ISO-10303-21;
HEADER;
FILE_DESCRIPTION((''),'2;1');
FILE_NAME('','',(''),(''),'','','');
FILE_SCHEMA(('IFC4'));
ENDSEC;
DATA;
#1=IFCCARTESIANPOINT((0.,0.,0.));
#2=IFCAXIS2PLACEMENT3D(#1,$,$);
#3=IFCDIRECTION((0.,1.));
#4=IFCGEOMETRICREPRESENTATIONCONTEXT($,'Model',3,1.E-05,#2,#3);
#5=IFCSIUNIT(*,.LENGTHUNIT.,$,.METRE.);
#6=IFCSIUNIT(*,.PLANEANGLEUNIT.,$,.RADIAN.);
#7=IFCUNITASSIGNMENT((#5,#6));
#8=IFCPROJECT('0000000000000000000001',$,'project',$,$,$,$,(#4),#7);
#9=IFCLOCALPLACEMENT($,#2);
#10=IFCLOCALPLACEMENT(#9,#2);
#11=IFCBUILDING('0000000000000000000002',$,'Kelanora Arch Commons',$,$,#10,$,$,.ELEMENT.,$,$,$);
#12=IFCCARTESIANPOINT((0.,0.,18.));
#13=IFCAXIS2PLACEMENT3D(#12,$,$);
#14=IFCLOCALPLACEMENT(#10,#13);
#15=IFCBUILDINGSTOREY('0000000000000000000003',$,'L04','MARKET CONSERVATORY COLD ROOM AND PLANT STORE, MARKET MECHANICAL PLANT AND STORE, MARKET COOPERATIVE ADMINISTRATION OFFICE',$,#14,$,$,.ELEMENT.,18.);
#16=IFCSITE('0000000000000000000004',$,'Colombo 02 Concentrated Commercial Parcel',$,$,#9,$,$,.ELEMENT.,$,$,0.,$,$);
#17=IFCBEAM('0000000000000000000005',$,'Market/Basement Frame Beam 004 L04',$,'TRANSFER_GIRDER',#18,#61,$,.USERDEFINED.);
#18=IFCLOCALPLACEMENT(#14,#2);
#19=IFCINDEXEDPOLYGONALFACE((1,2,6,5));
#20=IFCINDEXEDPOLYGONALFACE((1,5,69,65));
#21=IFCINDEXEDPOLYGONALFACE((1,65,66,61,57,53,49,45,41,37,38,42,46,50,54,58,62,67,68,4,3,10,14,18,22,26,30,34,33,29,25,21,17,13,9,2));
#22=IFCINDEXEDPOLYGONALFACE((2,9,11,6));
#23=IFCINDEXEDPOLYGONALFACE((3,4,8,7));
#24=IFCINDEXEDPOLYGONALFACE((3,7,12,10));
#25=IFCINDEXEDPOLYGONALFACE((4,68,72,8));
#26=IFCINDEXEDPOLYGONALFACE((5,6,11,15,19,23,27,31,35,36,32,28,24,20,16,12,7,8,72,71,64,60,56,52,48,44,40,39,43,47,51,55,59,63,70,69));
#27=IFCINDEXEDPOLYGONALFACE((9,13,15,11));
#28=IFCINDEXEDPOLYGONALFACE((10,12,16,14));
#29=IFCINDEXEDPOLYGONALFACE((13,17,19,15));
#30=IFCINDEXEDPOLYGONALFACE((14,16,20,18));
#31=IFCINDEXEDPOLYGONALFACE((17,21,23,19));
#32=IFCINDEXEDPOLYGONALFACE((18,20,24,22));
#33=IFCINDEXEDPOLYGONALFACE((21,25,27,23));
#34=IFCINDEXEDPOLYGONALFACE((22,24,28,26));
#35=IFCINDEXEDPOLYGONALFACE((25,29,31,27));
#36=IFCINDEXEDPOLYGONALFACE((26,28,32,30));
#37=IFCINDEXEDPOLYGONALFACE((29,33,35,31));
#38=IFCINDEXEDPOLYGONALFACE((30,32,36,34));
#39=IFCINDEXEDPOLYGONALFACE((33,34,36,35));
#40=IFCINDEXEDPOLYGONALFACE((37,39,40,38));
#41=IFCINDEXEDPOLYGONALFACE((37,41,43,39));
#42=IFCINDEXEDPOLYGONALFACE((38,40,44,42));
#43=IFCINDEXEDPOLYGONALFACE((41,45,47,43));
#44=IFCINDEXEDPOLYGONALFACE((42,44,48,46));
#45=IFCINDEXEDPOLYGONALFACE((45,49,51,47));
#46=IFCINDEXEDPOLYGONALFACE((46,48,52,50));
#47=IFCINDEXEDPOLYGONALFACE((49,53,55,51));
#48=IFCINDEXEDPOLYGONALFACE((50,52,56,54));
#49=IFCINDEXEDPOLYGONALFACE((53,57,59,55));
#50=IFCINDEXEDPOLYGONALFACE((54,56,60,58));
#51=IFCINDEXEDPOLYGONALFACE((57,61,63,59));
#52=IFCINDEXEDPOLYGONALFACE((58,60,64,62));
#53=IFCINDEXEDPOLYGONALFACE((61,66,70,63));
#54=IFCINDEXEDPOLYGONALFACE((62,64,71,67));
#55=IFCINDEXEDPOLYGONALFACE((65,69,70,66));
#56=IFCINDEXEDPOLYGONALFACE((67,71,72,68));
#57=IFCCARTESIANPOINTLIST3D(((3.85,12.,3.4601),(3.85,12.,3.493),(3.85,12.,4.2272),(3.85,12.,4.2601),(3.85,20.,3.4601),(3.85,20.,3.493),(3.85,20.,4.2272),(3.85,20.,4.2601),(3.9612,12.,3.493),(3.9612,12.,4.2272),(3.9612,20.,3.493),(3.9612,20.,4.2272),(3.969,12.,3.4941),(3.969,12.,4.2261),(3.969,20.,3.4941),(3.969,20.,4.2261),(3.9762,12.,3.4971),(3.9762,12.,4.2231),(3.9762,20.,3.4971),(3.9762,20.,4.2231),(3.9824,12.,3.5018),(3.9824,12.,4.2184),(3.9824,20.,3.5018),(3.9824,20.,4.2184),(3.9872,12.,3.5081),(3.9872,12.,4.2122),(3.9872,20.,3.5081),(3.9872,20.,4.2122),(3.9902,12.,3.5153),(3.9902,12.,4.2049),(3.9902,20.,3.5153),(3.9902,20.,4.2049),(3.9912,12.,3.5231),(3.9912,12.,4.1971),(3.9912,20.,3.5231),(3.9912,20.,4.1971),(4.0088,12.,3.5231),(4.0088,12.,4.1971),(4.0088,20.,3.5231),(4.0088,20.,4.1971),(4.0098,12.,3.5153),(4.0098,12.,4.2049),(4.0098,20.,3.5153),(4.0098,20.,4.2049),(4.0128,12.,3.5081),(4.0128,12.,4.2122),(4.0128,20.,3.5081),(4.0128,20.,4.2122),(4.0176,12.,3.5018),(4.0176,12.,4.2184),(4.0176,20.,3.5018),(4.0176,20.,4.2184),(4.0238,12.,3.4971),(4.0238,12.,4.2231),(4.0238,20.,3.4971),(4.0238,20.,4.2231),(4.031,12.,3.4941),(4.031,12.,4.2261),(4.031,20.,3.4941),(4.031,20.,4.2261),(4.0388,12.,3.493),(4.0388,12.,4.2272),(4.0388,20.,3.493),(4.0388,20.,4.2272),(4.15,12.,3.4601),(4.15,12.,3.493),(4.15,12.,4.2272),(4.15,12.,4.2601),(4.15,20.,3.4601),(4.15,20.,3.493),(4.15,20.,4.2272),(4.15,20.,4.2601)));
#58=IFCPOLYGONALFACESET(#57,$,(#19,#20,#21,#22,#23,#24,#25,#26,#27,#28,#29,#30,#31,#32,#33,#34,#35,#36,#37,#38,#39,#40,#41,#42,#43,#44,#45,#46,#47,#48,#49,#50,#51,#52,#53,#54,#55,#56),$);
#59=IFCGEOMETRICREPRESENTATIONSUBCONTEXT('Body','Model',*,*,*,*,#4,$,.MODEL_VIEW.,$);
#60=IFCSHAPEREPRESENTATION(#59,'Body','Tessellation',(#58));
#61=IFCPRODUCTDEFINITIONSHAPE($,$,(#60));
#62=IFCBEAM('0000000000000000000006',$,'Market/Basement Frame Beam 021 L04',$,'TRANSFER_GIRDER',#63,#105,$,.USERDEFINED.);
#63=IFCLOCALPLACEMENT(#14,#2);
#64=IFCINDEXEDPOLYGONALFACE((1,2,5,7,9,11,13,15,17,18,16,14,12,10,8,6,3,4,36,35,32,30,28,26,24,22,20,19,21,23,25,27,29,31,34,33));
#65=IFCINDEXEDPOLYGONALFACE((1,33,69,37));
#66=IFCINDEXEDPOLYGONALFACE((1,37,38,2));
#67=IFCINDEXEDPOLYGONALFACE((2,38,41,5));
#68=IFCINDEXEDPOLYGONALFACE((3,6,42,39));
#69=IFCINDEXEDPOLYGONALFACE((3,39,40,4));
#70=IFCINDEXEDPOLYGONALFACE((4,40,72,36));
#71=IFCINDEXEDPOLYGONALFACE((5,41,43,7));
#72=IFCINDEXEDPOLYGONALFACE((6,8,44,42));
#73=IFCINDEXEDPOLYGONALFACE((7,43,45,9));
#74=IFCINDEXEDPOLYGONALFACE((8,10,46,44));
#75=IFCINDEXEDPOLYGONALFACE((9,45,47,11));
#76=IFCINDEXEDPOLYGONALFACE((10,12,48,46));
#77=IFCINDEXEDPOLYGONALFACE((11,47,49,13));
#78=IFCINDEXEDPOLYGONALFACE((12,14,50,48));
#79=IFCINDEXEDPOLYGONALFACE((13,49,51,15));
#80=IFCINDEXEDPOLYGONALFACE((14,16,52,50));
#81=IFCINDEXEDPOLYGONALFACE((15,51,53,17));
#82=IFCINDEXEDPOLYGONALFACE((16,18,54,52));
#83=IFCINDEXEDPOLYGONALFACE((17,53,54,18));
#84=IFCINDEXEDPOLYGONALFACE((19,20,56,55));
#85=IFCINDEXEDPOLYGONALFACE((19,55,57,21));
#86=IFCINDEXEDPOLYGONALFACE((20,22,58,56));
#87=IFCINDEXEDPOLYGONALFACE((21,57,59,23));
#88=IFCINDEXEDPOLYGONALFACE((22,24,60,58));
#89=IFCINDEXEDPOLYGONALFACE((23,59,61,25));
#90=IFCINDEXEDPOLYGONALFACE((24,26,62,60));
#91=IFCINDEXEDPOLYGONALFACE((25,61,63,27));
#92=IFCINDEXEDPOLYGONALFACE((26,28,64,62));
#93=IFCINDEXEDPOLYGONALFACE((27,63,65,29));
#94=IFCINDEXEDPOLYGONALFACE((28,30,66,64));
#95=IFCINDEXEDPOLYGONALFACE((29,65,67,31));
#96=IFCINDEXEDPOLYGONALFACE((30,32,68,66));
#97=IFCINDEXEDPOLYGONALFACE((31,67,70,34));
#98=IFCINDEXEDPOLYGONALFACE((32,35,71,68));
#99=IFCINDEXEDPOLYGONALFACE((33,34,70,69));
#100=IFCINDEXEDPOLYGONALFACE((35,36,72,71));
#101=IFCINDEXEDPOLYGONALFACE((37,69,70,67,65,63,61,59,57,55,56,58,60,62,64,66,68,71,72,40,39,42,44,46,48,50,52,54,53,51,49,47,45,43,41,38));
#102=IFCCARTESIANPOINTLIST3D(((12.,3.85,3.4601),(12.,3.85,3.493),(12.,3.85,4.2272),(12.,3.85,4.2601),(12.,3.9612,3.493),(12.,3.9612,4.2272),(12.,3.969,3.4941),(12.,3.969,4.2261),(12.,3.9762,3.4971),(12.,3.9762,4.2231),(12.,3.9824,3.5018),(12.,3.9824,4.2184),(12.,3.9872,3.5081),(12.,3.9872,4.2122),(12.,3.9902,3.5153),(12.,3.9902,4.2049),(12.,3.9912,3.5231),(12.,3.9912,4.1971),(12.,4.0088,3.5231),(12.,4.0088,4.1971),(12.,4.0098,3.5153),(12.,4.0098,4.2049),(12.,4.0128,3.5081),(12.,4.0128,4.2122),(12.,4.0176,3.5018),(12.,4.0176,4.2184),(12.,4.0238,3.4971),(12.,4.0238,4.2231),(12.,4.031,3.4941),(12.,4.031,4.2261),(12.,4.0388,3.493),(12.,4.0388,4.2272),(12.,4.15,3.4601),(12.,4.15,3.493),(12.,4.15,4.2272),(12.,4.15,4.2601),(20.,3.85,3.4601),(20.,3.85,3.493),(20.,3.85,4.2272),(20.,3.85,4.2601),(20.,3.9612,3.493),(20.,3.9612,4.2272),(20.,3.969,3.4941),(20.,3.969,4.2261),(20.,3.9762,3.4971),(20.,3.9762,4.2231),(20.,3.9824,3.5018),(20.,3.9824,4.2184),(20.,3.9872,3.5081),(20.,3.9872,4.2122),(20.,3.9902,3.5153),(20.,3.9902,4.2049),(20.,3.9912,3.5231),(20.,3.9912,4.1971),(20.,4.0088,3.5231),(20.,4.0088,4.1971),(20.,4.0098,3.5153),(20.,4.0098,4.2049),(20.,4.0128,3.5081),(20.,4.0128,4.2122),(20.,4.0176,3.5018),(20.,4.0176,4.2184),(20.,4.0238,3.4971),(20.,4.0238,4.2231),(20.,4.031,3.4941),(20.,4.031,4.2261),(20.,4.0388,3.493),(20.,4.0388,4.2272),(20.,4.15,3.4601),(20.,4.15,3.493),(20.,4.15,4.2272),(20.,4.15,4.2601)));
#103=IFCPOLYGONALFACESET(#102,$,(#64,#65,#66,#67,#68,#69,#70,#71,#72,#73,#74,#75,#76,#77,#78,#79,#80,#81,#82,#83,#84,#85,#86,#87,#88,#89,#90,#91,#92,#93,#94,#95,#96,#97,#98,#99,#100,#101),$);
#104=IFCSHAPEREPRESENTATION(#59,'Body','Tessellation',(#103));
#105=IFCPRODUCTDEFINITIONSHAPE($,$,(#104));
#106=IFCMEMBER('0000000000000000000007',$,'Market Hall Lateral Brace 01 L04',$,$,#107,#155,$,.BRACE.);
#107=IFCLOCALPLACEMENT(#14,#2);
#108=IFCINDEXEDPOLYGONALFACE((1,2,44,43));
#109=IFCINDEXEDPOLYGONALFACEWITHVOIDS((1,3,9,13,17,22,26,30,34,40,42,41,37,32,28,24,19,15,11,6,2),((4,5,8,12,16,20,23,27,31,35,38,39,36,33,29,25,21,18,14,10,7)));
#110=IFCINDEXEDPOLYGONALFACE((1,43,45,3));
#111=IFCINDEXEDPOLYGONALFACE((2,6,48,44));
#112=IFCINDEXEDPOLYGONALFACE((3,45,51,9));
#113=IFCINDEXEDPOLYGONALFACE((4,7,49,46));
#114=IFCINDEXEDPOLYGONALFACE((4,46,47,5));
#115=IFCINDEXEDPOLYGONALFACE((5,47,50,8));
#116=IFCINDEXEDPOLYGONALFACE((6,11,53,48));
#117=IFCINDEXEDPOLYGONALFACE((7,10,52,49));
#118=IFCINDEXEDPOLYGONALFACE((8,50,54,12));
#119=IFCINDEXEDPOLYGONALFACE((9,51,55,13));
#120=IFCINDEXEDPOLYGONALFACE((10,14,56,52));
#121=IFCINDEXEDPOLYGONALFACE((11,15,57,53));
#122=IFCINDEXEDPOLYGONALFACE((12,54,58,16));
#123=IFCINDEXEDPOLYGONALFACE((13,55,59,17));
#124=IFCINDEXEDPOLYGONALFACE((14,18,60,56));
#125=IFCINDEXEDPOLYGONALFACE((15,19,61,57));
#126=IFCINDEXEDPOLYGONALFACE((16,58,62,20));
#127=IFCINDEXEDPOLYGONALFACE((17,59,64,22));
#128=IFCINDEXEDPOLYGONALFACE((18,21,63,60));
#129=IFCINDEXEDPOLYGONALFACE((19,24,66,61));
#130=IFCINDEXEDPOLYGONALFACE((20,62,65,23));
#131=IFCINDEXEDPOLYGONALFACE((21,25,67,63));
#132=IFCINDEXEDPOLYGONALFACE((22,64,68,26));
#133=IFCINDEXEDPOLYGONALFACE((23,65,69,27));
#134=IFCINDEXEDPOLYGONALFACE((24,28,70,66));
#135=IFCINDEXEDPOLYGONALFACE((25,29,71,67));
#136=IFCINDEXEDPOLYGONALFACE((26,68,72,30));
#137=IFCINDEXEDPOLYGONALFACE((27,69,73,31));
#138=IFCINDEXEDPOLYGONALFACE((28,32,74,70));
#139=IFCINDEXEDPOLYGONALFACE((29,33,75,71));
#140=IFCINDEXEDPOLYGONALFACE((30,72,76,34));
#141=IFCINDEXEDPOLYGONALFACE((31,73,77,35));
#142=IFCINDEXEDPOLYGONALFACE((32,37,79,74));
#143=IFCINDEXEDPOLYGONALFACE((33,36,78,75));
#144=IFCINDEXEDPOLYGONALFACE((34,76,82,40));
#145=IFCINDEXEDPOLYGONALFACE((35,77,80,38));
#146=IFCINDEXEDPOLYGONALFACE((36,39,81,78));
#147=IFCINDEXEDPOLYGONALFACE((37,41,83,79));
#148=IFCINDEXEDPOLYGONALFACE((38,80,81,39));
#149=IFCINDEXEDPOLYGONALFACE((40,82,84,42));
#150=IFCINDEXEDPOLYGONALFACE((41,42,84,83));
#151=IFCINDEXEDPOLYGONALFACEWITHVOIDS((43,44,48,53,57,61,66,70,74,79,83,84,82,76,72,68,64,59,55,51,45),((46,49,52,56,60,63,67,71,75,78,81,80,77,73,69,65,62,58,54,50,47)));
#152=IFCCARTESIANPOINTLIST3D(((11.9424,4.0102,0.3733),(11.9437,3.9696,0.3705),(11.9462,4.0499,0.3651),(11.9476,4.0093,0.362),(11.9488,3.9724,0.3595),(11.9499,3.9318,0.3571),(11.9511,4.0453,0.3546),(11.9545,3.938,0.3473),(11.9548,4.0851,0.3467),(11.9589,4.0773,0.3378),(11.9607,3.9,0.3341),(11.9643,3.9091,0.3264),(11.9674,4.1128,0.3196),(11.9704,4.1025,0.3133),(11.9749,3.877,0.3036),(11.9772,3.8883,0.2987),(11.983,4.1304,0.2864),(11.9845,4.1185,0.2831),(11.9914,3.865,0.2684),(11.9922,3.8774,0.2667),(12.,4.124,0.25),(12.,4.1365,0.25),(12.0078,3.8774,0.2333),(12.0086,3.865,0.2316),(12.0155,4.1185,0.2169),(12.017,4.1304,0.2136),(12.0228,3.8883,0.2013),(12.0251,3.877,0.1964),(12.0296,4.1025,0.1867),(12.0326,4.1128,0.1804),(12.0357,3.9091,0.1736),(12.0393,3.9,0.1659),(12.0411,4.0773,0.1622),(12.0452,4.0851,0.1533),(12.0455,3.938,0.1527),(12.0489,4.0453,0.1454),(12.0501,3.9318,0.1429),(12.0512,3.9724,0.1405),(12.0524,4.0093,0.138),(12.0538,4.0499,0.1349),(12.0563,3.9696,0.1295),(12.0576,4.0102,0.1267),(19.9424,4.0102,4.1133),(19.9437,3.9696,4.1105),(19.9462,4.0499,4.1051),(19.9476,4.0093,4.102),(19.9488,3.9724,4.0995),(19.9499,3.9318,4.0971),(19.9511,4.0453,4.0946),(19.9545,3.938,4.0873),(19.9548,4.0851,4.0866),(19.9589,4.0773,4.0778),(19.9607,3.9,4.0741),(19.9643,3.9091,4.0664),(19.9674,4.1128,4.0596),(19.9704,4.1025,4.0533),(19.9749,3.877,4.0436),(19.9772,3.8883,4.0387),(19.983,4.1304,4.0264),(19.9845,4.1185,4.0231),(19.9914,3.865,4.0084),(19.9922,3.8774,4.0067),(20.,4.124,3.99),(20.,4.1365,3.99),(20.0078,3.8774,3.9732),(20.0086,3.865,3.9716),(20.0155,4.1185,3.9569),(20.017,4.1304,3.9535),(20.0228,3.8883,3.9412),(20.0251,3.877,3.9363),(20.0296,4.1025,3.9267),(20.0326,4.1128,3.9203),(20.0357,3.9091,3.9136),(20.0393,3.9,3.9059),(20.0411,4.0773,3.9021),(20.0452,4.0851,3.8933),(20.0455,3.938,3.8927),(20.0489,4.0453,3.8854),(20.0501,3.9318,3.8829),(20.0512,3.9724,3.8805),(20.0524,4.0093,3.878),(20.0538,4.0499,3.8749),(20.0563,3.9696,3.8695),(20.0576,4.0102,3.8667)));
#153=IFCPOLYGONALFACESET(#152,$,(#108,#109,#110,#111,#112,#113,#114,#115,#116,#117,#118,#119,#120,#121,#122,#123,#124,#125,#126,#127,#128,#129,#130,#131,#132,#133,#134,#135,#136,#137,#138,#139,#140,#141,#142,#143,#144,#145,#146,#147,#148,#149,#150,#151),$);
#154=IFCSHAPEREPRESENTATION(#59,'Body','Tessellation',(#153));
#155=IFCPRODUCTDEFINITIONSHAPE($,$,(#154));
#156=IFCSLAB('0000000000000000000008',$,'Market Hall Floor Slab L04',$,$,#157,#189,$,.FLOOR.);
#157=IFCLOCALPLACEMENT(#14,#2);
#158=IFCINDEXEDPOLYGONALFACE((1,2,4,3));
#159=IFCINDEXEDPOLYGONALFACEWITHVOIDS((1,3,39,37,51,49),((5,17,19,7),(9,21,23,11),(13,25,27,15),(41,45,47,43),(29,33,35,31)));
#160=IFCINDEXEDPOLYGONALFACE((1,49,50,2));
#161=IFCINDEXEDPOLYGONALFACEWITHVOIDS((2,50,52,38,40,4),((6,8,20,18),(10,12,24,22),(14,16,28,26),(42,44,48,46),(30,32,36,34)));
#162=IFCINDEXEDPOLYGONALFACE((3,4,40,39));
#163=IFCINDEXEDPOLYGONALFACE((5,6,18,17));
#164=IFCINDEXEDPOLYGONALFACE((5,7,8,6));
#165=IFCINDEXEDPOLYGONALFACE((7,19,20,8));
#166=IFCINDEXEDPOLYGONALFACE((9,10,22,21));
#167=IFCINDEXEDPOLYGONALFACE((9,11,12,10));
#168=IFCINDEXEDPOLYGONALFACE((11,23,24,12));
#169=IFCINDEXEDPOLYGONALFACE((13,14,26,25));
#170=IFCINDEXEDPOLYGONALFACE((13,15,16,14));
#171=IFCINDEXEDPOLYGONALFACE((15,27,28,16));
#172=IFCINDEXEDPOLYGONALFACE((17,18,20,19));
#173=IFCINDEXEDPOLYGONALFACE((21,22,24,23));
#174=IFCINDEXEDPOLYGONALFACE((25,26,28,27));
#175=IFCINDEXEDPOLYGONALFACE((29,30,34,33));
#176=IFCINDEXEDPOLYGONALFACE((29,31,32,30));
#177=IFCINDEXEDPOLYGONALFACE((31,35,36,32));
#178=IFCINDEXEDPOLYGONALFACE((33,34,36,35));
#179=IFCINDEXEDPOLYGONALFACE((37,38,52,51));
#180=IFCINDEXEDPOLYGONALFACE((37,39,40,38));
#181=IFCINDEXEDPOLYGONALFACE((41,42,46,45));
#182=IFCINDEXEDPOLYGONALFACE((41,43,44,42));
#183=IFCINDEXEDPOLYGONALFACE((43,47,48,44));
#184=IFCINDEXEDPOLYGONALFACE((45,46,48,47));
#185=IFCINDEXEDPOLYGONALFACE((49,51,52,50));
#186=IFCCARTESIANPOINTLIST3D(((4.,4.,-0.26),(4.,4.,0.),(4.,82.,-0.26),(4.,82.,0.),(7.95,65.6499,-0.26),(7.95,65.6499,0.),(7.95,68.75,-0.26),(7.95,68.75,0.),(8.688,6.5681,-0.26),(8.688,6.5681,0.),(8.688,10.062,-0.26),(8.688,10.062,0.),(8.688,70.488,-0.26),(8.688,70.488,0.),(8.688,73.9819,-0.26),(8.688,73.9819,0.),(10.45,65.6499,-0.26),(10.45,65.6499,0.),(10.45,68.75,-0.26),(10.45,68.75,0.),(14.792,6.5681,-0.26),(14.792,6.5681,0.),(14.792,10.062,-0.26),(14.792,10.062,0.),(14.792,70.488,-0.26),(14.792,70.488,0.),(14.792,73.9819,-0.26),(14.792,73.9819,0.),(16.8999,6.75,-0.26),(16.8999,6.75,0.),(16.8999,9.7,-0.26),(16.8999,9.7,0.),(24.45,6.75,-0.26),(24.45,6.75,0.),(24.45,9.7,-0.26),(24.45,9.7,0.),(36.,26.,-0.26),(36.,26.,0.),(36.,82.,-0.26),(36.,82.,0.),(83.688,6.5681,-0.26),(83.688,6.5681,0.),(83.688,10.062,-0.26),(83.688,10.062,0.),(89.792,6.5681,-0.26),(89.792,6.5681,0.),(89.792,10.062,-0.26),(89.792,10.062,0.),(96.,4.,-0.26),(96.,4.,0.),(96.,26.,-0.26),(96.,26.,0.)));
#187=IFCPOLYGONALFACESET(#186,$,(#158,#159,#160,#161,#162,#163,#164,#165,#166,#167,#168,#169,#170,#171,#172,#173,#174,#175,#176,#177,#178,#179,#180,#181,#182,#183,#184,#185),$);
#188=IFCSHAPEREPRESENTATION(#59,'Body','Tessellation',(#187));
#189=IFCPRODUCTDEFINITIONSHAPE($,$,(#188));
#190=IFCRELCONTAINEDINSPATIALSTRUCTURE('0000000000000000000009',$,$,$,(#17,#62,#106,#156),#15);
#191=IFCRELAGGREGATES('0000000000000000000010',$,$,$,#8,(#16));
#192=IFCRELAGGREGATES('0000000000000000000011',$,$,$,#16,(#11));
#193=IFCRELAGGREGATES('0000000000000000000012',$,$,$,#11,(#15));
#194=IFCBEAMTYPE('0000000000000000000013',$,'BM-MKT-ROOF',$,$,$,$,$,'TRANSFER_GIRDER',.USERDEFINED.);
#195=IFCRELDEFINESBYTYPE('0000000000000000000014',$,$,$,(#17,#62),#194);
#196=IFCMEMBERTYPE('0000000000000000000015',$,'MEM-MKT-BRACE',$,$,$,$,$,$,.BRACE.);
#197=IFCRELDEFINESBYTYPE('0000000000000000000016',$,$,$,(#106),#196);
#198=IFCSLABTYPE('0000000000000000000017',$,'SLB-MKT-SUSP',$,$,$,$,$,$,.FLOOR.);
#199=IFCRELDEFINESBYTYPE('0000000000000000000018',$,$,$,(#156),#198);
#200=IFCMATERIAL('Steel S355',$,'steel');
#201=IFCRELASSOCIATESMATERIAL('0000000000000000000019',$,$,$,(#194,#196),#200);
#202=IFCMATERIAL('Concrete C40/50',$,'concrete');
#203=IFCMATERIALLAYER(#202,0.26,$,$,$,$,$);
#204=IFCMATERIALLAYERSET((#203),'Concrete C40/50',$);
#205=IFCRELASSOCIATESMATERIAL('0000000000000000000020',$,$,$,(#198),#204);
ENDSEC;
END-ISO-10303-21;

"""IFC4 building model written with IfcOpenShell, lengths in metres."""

from ifc_helpers import new_model, si_unit, direction, frame, origin, origin_2d, place, context, subcontext, project, spatial, polyline, hollow_circle, i_section, outline, extrude, material, layer, layer_set, material_profile, profile_set, type_object, element, save


model = new_model("IFC4")

# Units and contexts
model_context = context("Model", 3, precision=1e-05, world=origin(), true_north=direction((0.0, 1.0)))
body_context = subcontext(model_context, "Body", "Model", "MODEL_VIEW")
ifc_project = project(units=[si_unit("LENGTHUNIT", "METRE"), si_unit("PLANEANGLEUNIT", "RADIAN")], contexts=[model_context])

# Site, building, storey
site_placement = place(None, origin())
site = spatial("IfcSite", under=ifc_project, at=site_placement, Name="Colombo 02 Concentrated Commercial Parcel", CompositionType="ELEMENT", RefElevation=0.0)
building_placement = place(site_placement, origin())
building = spatial("IfcBuilding", under=site, at=building_placement, Name="Kelanora Arch Commons", CompositionType="ELEMENT")
storey_placement = place(building_placement, frame((0.0, 0.0, 18.0)))
storey = spatial("IfcBuildingStorey", under=building, at=storey_placement, Name="L04", Description="MARKET CONSERVATORY COLD ROOM AND PLANT STORE, MARKET MECHANICAL PLANT AND STORE, MARKET COOPERATIVE ADMINISTRATION OFFICE", CompositionType="ELEMENT", Elevation=18.0)

# Beams
ifc_material_1 = material(Name="Steel S355", Category="steel")
ifc_material_profile_1 = material_profile(ifc_material_1, i_section(OverallWidth=0.3, OverallDepth=0.8, WebThickness=0.0176, FlangeThickness=0.033, FilletRadius=0.03, at=origin_2d()), Name="HEB800")
ifc_profile_set_1 = profile_set([ifc_material_profile_1], Name="Steel S355")
beam_type = type_object("IfcBeamType", Name="BM-MKT-ROOF", ElementType="TRANSFER_GIRDER", PredefinedType="USERDEFINED", material=ifc_profile_set_1)
for number, where, z_axis, x_axis, name in (
    (1, (4.0, 12.0, 3.8601), (0.0, 1.0, 0.0), (-1.0, 0.0, 0.0), "Market/Basement Frame Beam 004 L04"),
    (2, (12.0, 4.0, 3.8601), (1.0, 0.0, 0.0), (0.0, 1.0, 0.0), "Market/Basement Frame Beam 021 L04"),
):
    element("IfcBeam", number, at=place(storey_placement, frame(where, z_axis=z_axis, x_axis=x_axis)), inside=storey, type_object=beam_type, Name=name, ObjectType="TRANSFER_GIRDER", PredefinedType="USERDEFINED", context=body_context, shape_type="SweptSolid", body=[
        extrude(i_section(OverallWidth=0.3, OverallDepth=0.8, WebThickness=0.0176, FlangeThickness=0.033, FilletRadius=0.03, at=origin_2d()), origin(), (0.0, 0.0, 1.0), 8.0),
    ])

# Member
ifc_material_profile_2 = material_profile(ifc_material_1, hollow_circle(Radius=0.1365, WallThickness=0.0125, at=origin_2d()), Name="CHS273x12.5")
ifc_profile_set_2 = profile_set([ifc_material_profile_2], Name="Steel S355")
member_type = type_object("IfcMemberType", Name="MEM-MKT-BRACE", PredefinedType="BRACE", material=ifc_profile_set_2)
member_placement = place(storey_placement, frame((12.0, 4.0, 0.25), z_axis=(0.905894, 0.0, 0.423504), x_axis=(0.0, 1.0, 0.0)))
element("IfcMember", 3, at=member_placement, inside=storey, type_object=member_type, Name="Market Hall Lateral Brace 01 L04", PredefinedType="BRACE", context=body_context, shape_type="SweptSolid", body=[
    extrude(hollow_circle(Radius=0.1365, WallThickness=0.0125, at=origin_2d()), origin(), (0.0, 0.0, 1.0), 8.8311),
])

# Slab
ifc_material_2 = material(Name="Concrete C40/50", Category="concrete")
ifc_layer_1 = layer(ifc_material_2, 0.26)
ifc_layer_set_1 = layer_set([ifc_layer_1], Name="Concrete C40/50")
slab_type_1 = type_object("IfcSlabType", Name="SLB-MKT-SUSP", PredefinedType="FLOOR", material=ifc_layer_set_1)
slab_1_placement = place(storey_placement, frame((0.0, 0.0, -0.26)))
element("IfcSlab", 4, at=slab_1_placement, inside=storey, type_object=slab_type_1, Name="Market Hall Floor Slab L04", PredefinedType="FLOOR", context=body_context, shape_type="SweptSolid", body=[
    extrude(outline(polyline([(4.0, 4.0), (96.0, 4.0), (96.0, 26.0), (36.0, 26.0), (36.0, 82.0), (4.0, 82.0), (4.0, 4.0)]), holes=[polyline([(24.45, 6.75), (16.8999, 6.75), (16.8999, 9.7), (24.45, 9.7), (24.45, 6.75)]), polyline([(14.792, 6.5681), (8.688, 6.5681), (8.688, 10.062), (14.792, 10.062), (14.792, 6.5681)]), polyline([(89.792, 6.5681), (83.688, 6.5681), (83.688, 10.062), (89.792, 10.062), (89.792, 6.5681)]), polyline([(7.95, 65.6499), (7.95, 68.75), (10.45, 68.75), (10.45, 65.6499), (7.95, 65.6499)]), polyline([(8.688, 70.488), (8.688, 73.9819), (14.792, 73.9819), (14.792, 70.488), (8.688, 70.488)])]), origin(), (0.0, 0.0, 1.0), 0.26),
])

save(model, "model.ifc")
